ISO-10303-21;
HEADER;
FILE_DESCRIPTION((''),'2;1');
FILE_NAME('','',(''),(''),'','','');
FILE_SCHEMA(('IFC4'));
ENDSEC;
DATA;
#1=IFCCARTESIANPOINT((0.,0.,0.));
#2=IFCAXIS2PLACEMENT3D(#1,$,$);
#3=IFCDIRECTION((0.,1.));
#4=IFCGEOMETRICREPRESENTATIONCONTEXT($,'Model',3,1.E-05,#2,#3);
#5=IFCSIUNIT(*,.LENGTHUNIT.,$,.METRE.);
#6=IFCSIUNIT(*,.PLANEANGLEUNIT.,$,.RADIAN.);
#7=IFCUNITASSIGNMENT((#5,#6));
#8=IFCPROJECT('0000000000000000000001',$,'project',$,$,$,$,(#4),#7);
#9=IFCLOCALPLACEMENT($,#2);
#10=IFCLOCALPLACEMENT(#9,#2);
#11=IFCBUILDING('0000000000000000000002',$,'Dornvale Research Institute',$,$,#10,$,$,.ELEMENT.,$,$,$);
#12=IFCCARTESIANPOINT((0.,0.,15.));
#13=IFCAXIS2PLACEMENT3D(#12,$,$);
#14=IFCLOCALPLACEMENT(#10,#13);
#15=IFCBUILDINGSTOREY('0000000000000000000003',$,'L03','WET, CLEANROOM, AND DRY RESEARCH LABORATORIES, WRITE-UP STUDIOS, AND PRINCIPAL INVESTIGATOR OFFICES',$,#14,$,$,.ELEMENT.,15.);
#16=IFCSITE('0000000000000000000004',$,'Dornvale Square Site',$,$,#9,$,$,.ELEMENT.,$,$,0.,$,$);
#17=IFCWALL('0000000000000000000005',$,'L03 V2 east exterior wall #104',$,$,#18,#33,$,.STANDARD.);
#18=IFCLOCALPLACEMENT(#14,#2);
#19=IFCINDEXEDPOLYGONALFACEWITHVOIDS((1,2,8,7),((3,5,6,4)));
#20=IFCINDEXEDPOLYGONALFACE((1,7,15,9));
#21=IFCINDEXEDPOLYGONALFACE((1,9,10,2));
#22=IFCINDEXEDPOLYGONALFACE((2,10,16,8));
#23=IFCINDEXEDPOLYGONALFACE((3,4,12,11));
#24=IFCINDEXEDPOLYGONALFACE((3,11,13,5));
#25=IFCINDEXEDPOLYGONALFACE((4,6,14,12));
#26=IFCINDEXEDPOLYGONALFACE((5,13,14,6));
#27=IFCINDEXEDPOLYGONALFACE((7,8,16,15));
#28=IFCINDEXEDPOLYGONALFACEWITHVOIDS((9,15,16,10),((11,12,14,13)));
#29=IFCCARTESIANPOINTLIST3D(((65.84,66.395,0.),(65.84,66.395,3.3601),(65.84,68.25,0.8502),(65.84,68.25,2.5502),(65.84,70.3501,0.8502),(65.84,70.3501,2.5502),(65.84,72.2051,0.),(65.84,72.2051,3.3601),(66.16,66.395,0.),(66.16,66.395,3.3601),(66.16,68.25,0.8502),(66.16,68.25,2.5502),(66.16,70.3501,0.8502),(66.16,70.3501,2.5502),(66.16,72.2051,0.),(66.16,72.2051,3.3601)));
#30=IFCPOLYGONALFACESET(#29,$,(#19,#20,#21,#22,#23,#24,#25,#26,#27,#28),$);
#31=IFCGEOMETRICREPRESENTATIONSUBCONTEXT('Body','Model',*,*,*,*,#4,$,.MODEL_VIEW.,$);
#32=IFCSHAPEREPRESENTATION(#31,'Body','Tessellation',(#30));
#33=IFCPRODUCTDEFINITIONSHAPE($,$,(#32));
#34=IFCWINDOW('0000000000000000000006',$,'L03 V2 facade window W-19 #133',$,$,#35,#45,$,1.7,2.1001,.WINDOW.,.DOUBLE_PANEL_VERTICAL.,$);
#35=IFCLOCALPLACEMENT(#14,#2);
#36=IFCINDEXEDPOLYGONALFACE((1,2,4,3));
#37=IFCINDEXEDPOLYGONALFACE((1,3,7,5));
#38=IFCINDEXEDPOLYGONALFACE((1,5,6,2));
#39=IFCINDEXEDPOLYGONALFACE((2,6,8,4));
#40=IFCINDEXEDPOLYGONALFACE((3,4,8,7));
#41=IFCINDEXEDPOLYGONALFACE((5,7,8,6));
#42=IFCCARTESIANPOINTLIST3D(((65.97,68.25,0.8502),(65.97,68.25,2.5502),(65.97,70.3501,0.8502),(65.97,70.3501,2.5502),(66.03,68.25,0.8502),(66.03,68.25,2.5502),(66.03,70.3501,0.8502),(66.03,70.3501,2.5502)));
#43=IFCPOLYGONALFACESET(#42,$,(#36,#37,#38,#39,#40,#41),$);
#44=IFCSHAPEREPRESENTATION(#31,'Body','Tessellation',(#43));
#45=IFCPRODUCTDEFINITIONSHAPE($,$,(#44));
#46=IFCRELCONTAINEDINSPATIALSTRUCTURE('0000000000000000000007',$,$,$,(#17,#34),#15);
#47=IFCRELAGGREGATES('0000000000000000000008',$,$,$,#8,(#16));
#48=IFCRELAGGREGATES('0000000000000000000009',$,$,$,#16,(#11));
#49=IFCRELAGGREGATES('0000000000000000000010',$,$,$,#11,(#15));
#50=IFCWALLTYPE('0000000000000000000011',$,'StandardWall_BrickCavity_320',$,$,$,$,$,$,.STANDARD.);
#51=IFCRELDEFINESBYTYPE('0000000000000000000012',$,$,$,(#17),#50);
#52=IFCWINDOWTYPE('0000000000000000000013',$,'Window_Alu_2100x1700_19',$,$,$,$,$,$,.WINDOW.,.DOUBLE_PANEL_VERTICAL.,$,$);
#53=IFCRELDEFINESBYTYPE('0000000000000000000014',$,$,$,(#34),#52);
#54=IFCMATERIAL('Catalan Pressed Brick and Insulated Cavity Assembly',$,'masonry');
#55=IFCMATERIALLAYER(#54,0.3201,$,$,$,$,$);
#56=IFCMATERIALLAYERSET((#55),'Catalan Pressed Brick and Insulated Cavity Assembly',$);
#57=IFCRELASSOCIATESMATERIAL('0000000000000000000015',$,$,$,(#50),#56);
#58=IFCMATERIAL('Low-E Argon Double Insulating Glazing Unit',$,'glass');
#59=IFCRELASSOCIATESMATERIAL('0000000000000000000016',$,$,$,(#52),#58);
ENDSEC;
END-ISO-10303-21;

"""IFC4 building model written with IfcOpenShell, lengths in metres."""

from ifc_helpers import new_model, si_unit, direction, frame, frame_2d, origin, place, context, subcontext, project, spatial, rectangle, extrude, material, layer, layer_set, type_object, element, fill, save


model = new_model("IFC4")

# Units and contexts
model_context = context("Model", 3, precision=1e-05, world=origin(), true_north=direction((0.0, 1.0)))
body_context = subcontext(model_context, "Body", "Model", "MODEL_VIEW")
ifc_project = project(units=[si_unit("LENGTHUNIT", "METRE"), si_unit("PLANEANGLEUNIT", "RADIAN")], contexts=[model_context])

# Site, building, storey
site_placement = place(None, origin())
site = spatial("IfcSite", under=ifc_project, at=site_placement, Name="Dornvale Square Site", CompositionType="ELEMENT", RefElevation=0.0)
building_placement = place(site_placement, origin())
building = spatial("IfcBuilding", under=site, at=building_placement, Name="Dornvale Research Institute", CompositionType="ELEMENT")
storey_placement = place(building_placement, frame((0.0, 0.0, 15.0)))
storey = spatial("IfcBuildingStorey", under=building, at=storey_placement, Name="L03", Description="WET, CLEANROOM, AND DRY RESEARCH LABORATORIES, WRITE-UP STUDIOS, AND PRINCIPAL INVESTIGATOR OFFICES", CompositionType="ELEMENT", Elevation=15.0)

# Wall, opening, window
ifc_material_1 = material(Name="Catalan Pressed Brick and Insulated Cavity Assembly", Category="masonry")
ifc_layer_1 = layer(ifc_material_1, 0.3201)
ifc_layer_set_1 = layer_set([ifc_layer_1], Name="Catalan Pressed Brick and Insulated Cavity Assembly")
wall_type_1 = type_object("IfcWallType", Name="StandardWall_BrickCavity_320", PredefinedType="STANDARD", material=ifc_layer_set_1)
wall_1_placement = place(storey_placement, frame((66.0, 72.2051, 0.0), z_axis=(0.0, 0.0, 1.0), x_axis=(0.0, -1.0, 0.0)))
wall_1 = element("IfcWall", 1, at=wall_1_placement, inside=storey, type_object=wall_type_1, Name="L03 V2 east exterior wall #104", PredefinedType="STANDARD", context=body_context, shape_type="SweptSolid", body=[
    extrude(rectangle(XDim=5.8101, YDim=0.3201, at=frame_2d((2.905, 0.0))), origin(), (0.0, 0.0, 1.0), 3.3601),
])
opening_1_placement = place(wall_1_placement, frame((1.855, 0.0, 0.8501)))
opening_1 = element("IfcOpeningElement", 2, at=opening_1_placement, cuts=wall_1, PredefinedType="OPENING", context=body_context, shape_type="SweptSolid", body=[
    extrude(rectangle(XDim=2.1001, YDim=1.7, at=frame_2d((1.05, 0.8501))), frame((0.0, 0.175, 0.0), z_axis=(0.0, -1.0, 0.0), x_axis=(1.0, 0.0, 0.0)), (0.0, 0.0, 1.0), 0.3501),
])
ifc_material_2 = material(Name="Low-E Argon Double Insulating Glazing Unit", Category="glass")
window_type = type_object("IfcWindowType", Name="Window_Alu_2100x1700_19", PartitioningType="DOUBLE_PANEL_VERTICAL", PredefinedType="WINDOW", material=ifc_material_2)
window_placement = place(opening_1_placement, origin())
window = element("IfcWindow", 3, at=window_placement, inside=storey, type_object=window_type, Name="L03 V2 facade window W-19 #133", OverallHeight=1.7, OverallWidth=2.1001, PartitioningType="DOUBLE_PANEL_VERTICAL", PredefinedType="WINDOW", context=body_context, shape_type="SweptSolid", body=[
    extrude(rectangle(XDim=2.1001, YDim=1.7, at=frame_2d((1.05, 0.8501))), frame((0.0, 0.03, 0.0), z_axis=(0.0, -1.0, 0.0), x_axis=(1.0, 0.0, 0.0)), (0.0, 0.0, 1.0), 0.0601),
])
fill(opening_1, window)

save(model, "model.ifc")
